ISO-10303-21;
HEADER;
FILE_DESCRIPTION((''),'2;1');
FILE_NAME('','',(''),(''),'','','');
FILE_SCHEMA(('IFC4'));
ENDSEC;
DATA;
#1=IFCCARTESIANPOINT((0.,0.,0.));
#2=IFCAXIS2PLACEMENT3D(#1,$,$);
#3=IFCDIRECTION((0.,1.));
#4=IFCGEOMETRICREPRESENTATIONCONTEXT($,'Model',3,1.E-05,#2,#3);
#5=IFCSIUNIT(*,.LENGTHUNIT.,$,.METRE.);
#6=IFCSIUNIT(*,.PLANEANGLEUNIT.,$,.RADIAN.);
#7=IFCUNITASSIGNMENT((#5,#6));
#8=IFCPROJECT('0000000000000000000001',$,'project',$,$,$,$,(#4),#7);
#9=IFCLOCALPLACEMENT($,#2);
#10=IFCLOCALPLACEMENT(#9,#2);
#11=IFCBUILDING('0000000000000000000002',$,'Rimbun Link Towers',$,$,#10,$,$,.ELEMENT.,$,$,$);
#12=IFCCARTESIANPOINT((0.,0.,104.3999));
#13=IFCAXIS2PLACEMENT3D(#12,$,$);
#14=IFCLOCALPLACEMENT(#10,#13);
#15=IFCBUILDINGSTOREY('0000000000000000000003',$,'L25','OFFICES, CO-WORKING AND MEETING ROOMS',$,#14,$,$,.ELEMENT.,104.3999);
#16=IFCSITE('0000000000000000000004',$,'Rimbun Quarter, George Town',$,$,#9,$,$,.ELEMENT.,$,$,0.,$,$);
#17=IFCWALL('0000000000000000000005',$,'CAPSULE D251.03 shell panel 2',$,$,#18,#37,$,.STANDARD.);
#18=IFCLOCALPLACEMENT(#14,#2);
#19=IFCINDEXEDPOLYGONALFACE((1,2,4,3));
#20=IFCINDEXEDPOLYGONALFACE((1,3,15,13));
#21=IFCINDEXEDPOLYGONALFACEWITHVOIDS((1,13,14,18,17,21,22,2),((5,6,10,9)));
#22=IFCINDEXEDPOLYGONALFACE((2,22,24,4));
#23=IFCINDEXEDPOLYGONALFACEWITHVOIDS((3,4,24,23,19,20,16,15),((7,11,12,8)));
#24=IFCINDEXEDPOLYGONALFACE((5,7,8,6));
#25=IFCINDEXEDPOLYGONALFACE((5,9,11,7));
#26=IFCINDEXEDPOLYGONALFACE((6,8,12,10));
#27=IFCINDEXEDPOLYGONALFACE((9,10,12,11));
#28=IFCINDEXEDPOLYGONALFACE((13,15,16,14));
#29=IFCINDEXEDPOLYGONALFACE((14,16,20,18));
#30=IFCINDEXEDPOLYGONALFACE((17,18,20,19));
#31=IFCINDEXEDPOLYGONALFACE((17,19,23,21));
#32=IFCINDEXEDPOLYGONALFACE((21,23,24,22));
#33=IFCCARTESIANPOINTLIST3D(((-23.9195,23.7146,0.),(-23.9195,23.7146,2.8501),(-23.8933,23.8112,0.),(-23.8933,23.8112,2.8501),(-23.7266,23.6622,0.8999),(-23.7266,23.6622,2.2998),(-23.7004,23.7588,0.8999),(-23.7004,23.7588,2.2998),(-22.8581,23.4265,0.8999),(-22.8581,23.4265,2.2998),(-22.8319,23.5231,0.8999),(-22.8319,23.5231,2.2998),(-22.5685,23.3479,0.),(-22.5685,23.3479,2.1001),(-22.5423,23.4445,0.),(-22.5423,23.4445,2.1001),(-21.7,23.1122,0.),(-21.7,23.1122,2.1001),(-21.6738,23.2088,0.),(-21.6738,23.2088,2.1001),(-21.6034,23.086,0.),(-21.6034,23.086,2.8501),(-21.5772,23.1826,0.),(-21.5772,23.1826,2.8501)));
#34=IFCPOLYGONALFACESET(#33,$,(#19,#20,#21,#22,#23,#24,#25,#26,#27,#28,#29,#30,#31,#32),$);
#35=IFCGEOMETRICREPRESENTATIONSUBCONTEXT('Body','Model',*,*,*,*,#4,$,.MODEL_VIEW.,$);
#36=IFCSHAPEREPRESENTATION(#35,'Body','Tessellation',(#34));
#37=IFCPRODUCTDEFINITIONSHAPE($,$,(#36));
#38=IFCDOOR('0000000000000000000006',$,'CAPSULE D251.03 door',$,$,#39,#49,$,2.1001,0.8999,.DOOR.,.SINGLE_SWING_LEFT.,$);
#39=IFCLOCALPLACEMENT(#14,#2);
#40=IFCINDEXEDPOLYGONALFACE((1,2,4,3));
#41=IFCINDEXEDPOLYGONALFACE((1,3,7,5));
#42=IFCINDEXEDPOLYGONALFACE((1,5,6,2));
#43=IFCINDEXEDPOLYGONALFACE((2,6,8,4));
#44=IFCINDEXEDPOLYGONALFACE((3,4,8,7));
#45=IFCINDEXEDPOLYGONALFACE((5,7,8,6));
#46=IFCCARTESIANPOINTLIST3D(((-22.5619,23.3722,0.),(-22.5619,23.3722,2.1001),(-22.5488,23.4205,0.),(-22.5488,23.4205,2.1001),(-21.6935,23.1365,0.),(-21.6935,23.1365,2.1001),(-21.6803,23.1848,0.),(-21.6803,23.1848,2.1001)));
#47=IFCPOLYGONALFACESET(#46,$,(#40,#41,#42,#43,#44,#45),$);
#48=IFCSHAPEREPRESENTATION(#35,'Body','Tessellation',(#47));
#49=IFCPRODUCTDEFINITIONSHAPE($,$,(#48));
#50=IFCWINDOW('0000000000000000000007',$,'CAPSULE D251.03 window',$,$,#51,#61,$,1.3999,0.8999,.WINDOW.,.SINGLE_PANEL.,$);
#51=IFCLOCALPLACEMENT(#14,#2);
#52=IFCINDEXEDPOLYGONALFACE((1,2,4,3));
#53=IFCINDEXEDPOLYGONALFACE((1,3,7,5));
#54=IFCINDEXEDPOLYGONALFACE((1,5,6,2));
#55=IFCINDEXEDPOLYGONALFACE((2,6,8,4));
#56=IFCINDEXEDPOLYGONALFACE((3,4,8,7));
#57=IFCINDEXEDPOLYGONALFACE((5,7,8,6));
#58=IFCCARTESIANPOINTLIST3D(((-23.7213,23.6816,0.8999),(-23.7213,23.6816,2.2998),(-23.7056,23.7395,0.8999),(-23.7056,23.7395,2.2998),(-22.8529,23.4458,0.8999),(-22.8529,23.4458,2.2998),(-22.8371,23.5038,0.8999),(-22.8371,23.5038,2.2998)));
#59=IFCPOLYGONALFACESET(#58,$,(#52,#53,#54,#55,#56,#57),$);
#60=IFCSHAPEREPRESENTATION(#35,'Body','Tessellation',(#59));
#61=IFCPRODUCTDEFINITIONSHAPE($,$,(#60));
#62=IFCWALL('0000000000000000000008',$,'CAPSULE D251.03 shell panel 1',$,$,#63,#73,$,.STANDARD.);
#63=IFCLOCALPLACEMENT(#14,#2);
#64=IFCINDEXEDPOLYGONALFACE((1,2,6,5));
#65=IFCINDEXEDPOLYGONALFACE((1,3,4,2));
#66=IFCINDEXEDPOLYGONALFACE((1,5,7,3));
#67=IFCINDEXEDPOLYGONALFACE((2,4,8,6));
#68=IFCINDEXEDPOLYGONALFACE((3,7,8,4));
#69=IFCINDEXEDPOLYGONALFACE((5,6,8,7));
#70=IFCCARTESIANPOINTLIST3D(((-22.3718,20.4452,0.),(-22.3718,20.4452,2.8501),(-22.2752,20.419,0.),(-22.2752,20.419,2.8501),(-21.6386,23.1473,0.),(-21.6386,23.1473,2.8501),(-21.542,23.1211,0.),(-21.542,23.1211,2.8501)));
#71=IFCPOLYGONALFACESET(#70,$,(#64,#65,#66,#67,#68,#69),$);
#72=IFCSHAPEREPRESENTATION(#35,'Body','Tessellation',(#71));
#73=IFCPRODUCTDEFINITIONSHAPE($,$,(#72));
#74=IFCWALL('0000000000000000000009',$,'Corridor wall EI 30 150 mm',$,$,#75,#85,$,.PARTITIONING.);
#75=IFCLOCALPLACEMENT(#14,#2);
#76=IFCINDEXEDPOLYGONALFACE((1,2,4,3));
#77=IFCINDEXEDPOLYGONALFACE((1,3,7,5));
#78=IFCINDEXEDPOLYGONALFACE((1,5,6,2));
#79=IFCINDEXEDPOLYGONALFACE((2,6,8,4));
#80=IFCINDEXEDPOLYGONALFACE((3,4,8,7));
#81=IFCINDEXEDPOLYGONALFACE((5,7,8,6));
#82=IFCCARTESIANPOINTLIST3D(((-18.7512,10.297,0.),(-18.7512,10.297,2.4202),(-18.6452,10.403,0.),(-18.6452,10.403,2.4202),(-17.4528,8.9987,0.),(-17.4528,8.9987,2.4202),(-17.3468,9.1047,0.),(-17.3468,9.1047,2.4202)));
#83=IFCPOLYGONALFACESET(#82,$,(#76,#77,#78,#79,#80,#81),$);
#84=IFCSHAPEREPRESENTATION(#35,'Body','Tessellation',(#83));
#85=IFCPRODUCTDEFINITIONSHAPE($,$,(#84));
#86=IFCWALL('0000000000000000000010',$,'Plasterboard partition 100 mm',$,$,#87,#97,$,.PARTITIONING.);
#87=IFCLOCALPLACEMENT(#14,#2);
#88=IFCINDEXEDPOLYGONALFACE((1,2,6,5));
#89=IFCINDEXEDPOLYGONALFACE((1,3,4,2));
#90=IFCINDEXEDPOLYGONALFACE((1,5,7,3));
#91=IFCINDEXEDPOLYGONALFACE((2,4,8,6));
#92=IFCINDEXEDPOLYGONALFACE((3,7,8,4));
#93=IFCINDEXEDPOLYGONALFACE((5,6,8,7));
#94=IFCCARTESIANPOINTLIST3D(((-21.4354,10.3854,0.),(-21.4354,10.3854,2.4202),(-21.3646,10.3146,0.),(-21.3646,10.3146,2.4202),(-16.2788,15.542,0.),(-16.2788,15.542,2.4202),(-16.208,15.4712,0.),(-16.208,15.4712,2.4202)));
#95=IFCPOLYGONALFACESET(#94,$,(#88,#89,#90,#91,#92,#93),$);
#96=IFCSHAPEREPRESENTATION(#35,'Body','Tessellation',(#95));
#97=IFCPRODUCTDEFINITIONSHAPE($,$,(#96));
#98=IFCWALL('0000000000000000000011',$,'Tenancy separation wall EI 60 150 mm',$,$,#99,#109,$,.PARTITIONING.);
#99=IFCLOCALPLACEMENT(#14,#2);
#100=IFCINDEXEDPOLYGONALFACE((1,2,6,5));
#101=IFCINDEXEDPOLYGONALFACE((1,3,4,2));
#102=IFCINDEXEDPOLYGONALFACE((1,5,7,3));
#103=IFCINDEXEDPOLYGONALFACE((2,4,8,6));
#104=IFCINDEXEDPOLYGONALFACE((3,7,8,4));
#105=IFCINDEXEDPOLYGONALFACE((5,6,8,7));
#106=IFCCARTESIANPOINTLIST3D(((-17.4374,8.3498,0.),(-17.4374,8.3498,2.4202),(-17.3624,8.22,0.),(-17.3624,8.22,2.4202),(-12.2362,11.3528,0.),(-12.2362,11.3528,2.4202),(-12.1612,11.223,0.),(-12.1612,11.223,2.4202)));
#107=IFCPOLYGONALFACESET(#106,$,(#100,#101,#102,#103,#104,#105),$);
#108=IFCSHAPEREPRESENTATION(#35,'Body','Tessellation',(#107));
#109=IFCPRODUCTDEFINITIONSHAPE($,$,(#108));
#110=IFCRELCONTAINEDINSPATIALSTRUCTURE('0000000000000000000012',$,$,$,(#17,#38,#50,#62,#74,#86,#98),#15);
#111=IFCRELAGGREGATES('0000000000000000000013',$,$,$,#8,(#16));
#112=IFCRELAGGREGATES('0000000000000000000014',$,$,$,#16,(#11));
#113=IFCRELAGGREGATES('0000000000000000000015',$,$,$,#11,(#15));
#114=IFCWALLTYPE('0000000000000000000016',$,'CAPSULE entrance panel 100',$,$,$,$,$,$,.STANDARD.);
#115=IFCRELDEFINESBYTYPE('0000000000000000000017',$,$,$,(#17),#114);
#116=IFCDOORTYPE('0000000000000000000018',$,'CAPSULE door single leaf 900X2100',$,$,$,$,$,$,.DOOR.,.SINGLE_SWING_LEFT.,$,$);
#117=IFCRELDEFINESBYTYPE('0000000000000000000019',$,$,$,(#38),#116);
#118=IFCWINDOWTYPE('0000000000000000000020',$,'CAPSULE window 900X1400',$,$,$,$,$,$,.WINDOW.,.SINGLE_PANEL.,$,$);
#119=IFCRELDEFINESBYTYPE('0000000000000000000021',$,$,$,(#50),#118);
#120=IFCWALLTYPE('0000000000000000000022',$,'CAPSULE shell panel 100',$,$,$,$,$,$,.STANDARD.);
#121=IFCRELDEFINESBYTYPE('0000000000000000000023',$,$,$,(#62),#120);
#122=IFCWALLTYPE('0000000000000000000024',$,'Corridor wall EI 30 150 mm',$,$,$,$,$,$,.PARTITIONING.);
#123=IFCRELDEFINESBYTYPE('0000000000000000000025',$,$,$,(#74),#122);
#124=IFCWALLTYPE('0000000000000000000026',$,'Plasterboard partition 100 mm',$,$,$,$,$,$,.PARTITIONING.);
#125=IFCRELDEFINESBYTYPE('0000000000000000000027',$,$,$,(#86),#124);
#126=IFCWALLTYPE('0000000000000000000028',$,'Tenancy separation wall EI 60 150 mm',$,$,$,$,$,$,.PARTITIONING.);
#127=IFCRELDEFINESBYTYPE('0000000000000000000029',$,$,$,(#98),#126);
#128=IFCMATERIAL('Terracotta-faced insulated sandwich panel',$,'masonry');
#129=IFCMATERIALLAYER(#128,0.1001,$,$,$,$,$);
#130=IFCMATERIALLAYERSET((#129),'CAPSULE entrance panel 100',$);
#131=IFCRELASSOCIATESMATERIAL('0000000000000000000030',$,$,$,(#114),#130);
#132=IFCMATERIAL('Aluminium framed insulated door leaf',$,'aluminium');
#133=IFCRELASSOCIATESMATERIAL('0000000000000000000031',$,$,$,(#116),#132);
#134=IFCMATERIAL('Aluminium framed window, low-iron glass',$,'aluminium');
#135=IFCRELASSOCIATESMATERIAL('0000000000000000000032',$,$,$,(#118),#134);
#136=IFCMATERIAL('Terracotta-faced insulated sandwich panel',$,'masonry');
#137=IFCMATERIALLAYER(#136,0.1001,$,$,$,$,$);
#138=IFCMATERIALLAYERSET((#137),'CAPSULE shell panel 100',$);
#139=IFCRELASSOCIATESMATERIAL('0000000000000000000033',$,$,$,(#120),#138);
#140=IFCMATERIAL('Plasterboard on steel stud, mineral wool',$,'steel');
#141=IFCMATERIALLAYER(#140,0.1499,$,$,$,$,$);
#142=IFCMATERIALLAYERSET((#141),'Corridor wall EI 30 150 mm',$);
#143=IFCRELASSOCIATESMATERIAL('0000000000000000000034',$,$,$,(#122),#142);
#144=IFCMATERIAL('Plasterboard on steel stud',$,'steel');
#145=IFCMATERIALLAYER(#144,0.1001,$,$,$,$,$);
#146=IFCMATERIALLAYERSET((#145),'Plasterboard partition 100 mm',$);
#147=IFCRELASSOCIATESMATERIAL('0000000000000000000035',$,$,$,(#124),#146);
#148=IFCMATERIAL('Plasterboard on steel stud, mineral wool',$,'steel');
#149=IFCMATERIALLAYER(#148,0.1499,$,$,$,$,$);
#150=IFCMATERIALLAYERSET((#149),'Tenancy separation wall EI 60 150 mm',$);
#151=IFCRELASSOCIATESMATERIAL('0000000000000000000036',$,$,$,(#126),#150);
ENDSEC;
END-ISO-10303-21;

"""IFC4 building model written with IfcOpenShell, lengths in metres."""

from ifc_helpers import new_model, si_unit, direction, frame, frame_2d, origin, place, context, subcontext, project, spatial, rectangle, extrude, material, layer, layer_set, type_object, element, fill, save


model = new_model("IFC4")

# Units and contexts
model_context = context("Model", 3, precision=1e-05, world=origin(), true_north=direction((0.0, 1.0)))
body_context = subcontext(model_context, "Body", "Model", "MODEL_VIEW")
ifc_project = project(units=[si_unit("LENGTHUNIT", "METRE"), si_unit("PLANEANGLEUNIT", "RADIAN")], contexts=[model_context])

# Site, building, storey
site_placement = place(None, origin())
site = spatial("IfcSite", under=ifc_project, at=site_placement, Name="Rimbun Quarter, George Town", CompositionType="ELEMENT", RefElevation=0.0)
building_placement = place(site_placement, origin())
building = spatial("IfcBuilding", under=site, at=building_placement, Name="Rimbun Link Towers", CompositionType="ELEMENT")
storey_placement = place(building_placement, frame((0.0, 0.0, 104.3999)))
storey = spatial("IfcBuildingStorey", under=building, at=storey_placement, Name="L25", Description="OFFICES, CO-WORKING AND MEETING ROOMS", CompositionType="ELEMENT", Elevation=104.3999)

# Wall, openings, door, window
ifc_material_1 = material(Name="Terracotta-faced insulated sandwich panel", Category="masonry")
ifc_layer_1 = layer(ifc_material_1, 0.1001)
ifc_layer_set_1 = layer_set([ifc_layer_1], Name="CAPSULE entrance panel 100")
wall_type_1 = type_object("IfcWallType", Name="CAPSULE entrance panel 100", PredefinedType="STANDARD", material=ifc_layer_set_1)
wall_1_placement = place(storey_placement, frame((-21.5903, 23.1343, 0.0), z_axis=(0.0, 0.0, 1.0), x_axis=(-0.965082, 0.261947, 0.0)))
wall_1 = element("IfcWall", 1, at=wall_1_placement, inside=storey, type_object=wall_type_1, Name="CAPSULE D251.03 shell panel 2", PredefinedType="STANDARD", context=body_context, shape_type="SweptSolid", body=[
    extrude(rectangle(XDim=2.3999, YDim=0.1001, at=frame_2d((1.2, 0.0))), origin(), (0.0, 0.0, 1.0), 2.8501),
])
opening_1_placement = place(wall_1_placement, frame((0.1001, 0.0, 0.0)))
opening_1 = element("IfcOpeningElement", 2, at=opening_1_placement, cuts=wall_1, PredefinedType="OPENING", context=body_context, shape_type="SweptSolid", body=[
    extrude(rectangle(XDim=0.8999, YDim=2.1001, at=frame_2d((0.45, 1.05))), frame((0.0, 0.0601, 0.0), z_axis=(0.0, -1.0, 0.0), x_axis=(1.0, 0.0, 0.0)), (0.0, 0.0, 1.0), 0.1201),
])
opening_2_placement = place(wall_1_placement, frame((1.3, 0.0, 0.8999)))
opening_2 = element("IfcOpeningElement", 3, at=opening_2_placement, cuts=wall_1, PredefinedType="OPENING", context=body_context, shape_type="SweptSolid", body=[
    extrude(rectangle(XDim=0.8999, YDim=1.3999, at=frame_2d((0.45, 0.7))), frame((0.0, 0.0601, 0.0), z_axis=(0.0, -1.0, 0.0), x_axis=(1.0, 0.0, 0.0)), (0.0, 0.0, 1.0), 0.1201),
])
ifc_material_2 = material(Name="Aluminium framed insulated door leaf", Category="aluminium")
door_type = type_object("IfcDoorType", Name="CAPSULE door single leaf 900X2100", OperationType="SINGLE_SWING_LEFT", PredefinedType="DOOR", material=ifc_material_2)
door_placement = place(opening_1_placement, origin())
door = element("IfcDoor", 4, at=door_placement, inside=storey, type_object=door_type, Name="CAPSULE D251.03 door", OperationType="SINGLE_SWING_LEFT", OverallHeight=2.1001, OverallWidth=0.8999, PredefinedType="DOOR", context=body_context, shape_type="SweptSolid", body=[
    extrude(rectangle(XDim=0.8999, YDim=2.1001, at=frame_2d((0.45, 1.05))), frame((0.0, 0.0249, 0.0), z_axis=(0.0, -1.0, 0.0), x_axis=(1.0, 0.0, 0.0)), (0.0, 0.0, 1.0), 0.05),
])
fill(opening_1, door)
ifc_material_3 = material(Name="Aluminium framed window, low-iron glass", Category="aluminium")
window_type = type_object("IfcWindowType", Name="CAPSULE window 900X1400", PartitioningType="SINGLE_PANEL", PredefinedType="WINDOW", material=ifc_material_3)
window_placement = place(opening_2_placement, origin())
window = element("IfcWindow", 5, at=window_placement, inside=storey, type_object=window_type, Name="CAPSULE D251.03 window", OverallHeight=1.3999, OverallWidth=0.8999, PartitioningType="SINGLE_PANEL", PredefinedType="WINDOW", context=body_context, shape_type="SweptSolid", body=[
    extrude(rectangle(XDim=0.8999, YDim=1.3999, at=frame_2d((0.45, 0.7))), frame((0.0, 0.03, 0.0), z_axis=(0.0, -1.0, 0.0), x_axis=(1.0, 0.0, 0.0)), (0.0, 0.0, 1.0), 0.0601),
])
fill(opening_2, window)

# Walls
ifc_material_4 = material(Name="Terracotta-faced insulated sandwich panel", Category="masonry")
ifc_layer_2 = layer(ifc_material_4, 0.1001)
ifc_layer_set_2 = layer_set([ifc_layer_2], Name="CAPSULE shell panel 100")
wall_type_2 = type_object("IfcWallType", Name="CAPSULE shell panel 100", PredefinedType="STANDARD", material=ifc_layer_set_2)
wall_2_placement = place(storey_placement, frame((-22.3235, 20.4321, 0.0), z_axis=(0.0, 0.0, 1.0), x_axis=(0.261855, 0.965107, 0.0)))
element("IfcWall", 6, at=wall_2_placement, inside=storey, type_object=wall_type_2, Name="CAPSULE D251.03 shell panel 1", PredefinedType="STANDARD", context=body_context, shape_type="SweptSolid", body=[
    extrude(rectangle(XDim=2.7998, YDim=0.1001, at=frame_2d((1.3999, 0.0))), origin(), (0.0, 0.0, 1.0), 2.8501),
])
ifc_material_5 = material(Name="Plasterboard on steel stud, mineral wool", Category="steel")
ifc_layer_3 = layer(ifc_material_5, 0.1499)
ifc_layer_set_3 = layer_set([ifc_layer_3], Name="Corridor wall EI 30 150 mm")
wall_type_3 = type_object("IfcWallType", Name="Corridor wall EI 30 150 mm", PredefinedType="PARTITIONING", material=ifc_layer_set_3)
wall_3_placement = place(storey_placement, frame((-17.3999, 9.0518, 0.0), z_axis=(0.0, 0.0, 1.0), x_axis=(-0.707107, 0.707107, 0.0)))
element("IfcWall", 7, at=wall_3_placement, inside=storey, type_object=wall_type_3, Name="Corridor wall EI 30 150 mm", PredefinedType="PARTITIONING", context=body_context, shape_type="SweptSolid", body=[
    extrude(rectangle(XDim=1.8362, YDim=0.1499, at=frame_2d((0.918, 0.0))), origin(), (0.0, 0.0, 1.0), 2.4202),
])
ifc_material_6 = material(Name="Plasterboard on steel stud", Category="steel")
ifc_layer_4 = layer(ifc_material_6, 0.1001)
ifc_layer_set_4 = layer_set([ifc_layer_4], Name="Plasterboard partition 100 mm")
wall_type_4 = type_object("IfcWallType", Name="Plasterboard partition 100 mm", PredefinedType="PARTITIONING", material=ifc_layer_set_4)
wall_4_placement = place(storey_placement, frame((-16.2434, 15.5066, 0.0), z_axis=(0.0, 0.0, 1.0), x_axis=(-0.707107, -0.707107, 0.0)))
element("IfcWall", 8, at=wall_4_placement, inside=storey, type_object=wall_type_4, Name="Plasterboard partition 100 mm", PredefinedType="PARTITIONING", context=body_context, shape_type="SweptSolid", body=[
    extrude(rectangle(XDim=7.2925, YDim=0.1001, at=frame_2d((3.6462, 0.0))), origin(), (0.0, 0.0, 1.0), 2.4202),
])
ifc_material_7 = material(Name="Plasterboard on steel stud, mineral wool", Category="steel")
ifc_layer_5 = layer(ifc_material_7, 0.1499)
ifc_layer_set_5 = layer_set([ifc_layer_5], Name="Tenancy separation wall EI 60 150 mm")
wall_type_5 = type_object("IfcWallType", Name="Tenancy separation wall EI 60 150 mm", PredefinedType="PARTITIONING", material=ifc_layer_set_5)
wall_5_placement = place(storey_placement, frame((-17.3999, 8.2849, 0.0), z_axis=(0.0, 0.0, 1.0), x_axis=(0.866023, 0.500004, 0.0)))
element("IfcWall", 9, at=wall_5_placement, inside=storey, type_object=wall_type_5, Name="Tenancy separation wall EI 60 150 mm", PredefinedType="PARTITIONING", context=body_context, shape_type="SweptSolid", body=[
    extrude(rectangle(XDim=6.0059, YDim=0.1499, at=frame_2d((3.0029, 0.0))), origin(), (0.0, 0.0, 1.0), 2.4202),
])

save(model, "model.ifc")
